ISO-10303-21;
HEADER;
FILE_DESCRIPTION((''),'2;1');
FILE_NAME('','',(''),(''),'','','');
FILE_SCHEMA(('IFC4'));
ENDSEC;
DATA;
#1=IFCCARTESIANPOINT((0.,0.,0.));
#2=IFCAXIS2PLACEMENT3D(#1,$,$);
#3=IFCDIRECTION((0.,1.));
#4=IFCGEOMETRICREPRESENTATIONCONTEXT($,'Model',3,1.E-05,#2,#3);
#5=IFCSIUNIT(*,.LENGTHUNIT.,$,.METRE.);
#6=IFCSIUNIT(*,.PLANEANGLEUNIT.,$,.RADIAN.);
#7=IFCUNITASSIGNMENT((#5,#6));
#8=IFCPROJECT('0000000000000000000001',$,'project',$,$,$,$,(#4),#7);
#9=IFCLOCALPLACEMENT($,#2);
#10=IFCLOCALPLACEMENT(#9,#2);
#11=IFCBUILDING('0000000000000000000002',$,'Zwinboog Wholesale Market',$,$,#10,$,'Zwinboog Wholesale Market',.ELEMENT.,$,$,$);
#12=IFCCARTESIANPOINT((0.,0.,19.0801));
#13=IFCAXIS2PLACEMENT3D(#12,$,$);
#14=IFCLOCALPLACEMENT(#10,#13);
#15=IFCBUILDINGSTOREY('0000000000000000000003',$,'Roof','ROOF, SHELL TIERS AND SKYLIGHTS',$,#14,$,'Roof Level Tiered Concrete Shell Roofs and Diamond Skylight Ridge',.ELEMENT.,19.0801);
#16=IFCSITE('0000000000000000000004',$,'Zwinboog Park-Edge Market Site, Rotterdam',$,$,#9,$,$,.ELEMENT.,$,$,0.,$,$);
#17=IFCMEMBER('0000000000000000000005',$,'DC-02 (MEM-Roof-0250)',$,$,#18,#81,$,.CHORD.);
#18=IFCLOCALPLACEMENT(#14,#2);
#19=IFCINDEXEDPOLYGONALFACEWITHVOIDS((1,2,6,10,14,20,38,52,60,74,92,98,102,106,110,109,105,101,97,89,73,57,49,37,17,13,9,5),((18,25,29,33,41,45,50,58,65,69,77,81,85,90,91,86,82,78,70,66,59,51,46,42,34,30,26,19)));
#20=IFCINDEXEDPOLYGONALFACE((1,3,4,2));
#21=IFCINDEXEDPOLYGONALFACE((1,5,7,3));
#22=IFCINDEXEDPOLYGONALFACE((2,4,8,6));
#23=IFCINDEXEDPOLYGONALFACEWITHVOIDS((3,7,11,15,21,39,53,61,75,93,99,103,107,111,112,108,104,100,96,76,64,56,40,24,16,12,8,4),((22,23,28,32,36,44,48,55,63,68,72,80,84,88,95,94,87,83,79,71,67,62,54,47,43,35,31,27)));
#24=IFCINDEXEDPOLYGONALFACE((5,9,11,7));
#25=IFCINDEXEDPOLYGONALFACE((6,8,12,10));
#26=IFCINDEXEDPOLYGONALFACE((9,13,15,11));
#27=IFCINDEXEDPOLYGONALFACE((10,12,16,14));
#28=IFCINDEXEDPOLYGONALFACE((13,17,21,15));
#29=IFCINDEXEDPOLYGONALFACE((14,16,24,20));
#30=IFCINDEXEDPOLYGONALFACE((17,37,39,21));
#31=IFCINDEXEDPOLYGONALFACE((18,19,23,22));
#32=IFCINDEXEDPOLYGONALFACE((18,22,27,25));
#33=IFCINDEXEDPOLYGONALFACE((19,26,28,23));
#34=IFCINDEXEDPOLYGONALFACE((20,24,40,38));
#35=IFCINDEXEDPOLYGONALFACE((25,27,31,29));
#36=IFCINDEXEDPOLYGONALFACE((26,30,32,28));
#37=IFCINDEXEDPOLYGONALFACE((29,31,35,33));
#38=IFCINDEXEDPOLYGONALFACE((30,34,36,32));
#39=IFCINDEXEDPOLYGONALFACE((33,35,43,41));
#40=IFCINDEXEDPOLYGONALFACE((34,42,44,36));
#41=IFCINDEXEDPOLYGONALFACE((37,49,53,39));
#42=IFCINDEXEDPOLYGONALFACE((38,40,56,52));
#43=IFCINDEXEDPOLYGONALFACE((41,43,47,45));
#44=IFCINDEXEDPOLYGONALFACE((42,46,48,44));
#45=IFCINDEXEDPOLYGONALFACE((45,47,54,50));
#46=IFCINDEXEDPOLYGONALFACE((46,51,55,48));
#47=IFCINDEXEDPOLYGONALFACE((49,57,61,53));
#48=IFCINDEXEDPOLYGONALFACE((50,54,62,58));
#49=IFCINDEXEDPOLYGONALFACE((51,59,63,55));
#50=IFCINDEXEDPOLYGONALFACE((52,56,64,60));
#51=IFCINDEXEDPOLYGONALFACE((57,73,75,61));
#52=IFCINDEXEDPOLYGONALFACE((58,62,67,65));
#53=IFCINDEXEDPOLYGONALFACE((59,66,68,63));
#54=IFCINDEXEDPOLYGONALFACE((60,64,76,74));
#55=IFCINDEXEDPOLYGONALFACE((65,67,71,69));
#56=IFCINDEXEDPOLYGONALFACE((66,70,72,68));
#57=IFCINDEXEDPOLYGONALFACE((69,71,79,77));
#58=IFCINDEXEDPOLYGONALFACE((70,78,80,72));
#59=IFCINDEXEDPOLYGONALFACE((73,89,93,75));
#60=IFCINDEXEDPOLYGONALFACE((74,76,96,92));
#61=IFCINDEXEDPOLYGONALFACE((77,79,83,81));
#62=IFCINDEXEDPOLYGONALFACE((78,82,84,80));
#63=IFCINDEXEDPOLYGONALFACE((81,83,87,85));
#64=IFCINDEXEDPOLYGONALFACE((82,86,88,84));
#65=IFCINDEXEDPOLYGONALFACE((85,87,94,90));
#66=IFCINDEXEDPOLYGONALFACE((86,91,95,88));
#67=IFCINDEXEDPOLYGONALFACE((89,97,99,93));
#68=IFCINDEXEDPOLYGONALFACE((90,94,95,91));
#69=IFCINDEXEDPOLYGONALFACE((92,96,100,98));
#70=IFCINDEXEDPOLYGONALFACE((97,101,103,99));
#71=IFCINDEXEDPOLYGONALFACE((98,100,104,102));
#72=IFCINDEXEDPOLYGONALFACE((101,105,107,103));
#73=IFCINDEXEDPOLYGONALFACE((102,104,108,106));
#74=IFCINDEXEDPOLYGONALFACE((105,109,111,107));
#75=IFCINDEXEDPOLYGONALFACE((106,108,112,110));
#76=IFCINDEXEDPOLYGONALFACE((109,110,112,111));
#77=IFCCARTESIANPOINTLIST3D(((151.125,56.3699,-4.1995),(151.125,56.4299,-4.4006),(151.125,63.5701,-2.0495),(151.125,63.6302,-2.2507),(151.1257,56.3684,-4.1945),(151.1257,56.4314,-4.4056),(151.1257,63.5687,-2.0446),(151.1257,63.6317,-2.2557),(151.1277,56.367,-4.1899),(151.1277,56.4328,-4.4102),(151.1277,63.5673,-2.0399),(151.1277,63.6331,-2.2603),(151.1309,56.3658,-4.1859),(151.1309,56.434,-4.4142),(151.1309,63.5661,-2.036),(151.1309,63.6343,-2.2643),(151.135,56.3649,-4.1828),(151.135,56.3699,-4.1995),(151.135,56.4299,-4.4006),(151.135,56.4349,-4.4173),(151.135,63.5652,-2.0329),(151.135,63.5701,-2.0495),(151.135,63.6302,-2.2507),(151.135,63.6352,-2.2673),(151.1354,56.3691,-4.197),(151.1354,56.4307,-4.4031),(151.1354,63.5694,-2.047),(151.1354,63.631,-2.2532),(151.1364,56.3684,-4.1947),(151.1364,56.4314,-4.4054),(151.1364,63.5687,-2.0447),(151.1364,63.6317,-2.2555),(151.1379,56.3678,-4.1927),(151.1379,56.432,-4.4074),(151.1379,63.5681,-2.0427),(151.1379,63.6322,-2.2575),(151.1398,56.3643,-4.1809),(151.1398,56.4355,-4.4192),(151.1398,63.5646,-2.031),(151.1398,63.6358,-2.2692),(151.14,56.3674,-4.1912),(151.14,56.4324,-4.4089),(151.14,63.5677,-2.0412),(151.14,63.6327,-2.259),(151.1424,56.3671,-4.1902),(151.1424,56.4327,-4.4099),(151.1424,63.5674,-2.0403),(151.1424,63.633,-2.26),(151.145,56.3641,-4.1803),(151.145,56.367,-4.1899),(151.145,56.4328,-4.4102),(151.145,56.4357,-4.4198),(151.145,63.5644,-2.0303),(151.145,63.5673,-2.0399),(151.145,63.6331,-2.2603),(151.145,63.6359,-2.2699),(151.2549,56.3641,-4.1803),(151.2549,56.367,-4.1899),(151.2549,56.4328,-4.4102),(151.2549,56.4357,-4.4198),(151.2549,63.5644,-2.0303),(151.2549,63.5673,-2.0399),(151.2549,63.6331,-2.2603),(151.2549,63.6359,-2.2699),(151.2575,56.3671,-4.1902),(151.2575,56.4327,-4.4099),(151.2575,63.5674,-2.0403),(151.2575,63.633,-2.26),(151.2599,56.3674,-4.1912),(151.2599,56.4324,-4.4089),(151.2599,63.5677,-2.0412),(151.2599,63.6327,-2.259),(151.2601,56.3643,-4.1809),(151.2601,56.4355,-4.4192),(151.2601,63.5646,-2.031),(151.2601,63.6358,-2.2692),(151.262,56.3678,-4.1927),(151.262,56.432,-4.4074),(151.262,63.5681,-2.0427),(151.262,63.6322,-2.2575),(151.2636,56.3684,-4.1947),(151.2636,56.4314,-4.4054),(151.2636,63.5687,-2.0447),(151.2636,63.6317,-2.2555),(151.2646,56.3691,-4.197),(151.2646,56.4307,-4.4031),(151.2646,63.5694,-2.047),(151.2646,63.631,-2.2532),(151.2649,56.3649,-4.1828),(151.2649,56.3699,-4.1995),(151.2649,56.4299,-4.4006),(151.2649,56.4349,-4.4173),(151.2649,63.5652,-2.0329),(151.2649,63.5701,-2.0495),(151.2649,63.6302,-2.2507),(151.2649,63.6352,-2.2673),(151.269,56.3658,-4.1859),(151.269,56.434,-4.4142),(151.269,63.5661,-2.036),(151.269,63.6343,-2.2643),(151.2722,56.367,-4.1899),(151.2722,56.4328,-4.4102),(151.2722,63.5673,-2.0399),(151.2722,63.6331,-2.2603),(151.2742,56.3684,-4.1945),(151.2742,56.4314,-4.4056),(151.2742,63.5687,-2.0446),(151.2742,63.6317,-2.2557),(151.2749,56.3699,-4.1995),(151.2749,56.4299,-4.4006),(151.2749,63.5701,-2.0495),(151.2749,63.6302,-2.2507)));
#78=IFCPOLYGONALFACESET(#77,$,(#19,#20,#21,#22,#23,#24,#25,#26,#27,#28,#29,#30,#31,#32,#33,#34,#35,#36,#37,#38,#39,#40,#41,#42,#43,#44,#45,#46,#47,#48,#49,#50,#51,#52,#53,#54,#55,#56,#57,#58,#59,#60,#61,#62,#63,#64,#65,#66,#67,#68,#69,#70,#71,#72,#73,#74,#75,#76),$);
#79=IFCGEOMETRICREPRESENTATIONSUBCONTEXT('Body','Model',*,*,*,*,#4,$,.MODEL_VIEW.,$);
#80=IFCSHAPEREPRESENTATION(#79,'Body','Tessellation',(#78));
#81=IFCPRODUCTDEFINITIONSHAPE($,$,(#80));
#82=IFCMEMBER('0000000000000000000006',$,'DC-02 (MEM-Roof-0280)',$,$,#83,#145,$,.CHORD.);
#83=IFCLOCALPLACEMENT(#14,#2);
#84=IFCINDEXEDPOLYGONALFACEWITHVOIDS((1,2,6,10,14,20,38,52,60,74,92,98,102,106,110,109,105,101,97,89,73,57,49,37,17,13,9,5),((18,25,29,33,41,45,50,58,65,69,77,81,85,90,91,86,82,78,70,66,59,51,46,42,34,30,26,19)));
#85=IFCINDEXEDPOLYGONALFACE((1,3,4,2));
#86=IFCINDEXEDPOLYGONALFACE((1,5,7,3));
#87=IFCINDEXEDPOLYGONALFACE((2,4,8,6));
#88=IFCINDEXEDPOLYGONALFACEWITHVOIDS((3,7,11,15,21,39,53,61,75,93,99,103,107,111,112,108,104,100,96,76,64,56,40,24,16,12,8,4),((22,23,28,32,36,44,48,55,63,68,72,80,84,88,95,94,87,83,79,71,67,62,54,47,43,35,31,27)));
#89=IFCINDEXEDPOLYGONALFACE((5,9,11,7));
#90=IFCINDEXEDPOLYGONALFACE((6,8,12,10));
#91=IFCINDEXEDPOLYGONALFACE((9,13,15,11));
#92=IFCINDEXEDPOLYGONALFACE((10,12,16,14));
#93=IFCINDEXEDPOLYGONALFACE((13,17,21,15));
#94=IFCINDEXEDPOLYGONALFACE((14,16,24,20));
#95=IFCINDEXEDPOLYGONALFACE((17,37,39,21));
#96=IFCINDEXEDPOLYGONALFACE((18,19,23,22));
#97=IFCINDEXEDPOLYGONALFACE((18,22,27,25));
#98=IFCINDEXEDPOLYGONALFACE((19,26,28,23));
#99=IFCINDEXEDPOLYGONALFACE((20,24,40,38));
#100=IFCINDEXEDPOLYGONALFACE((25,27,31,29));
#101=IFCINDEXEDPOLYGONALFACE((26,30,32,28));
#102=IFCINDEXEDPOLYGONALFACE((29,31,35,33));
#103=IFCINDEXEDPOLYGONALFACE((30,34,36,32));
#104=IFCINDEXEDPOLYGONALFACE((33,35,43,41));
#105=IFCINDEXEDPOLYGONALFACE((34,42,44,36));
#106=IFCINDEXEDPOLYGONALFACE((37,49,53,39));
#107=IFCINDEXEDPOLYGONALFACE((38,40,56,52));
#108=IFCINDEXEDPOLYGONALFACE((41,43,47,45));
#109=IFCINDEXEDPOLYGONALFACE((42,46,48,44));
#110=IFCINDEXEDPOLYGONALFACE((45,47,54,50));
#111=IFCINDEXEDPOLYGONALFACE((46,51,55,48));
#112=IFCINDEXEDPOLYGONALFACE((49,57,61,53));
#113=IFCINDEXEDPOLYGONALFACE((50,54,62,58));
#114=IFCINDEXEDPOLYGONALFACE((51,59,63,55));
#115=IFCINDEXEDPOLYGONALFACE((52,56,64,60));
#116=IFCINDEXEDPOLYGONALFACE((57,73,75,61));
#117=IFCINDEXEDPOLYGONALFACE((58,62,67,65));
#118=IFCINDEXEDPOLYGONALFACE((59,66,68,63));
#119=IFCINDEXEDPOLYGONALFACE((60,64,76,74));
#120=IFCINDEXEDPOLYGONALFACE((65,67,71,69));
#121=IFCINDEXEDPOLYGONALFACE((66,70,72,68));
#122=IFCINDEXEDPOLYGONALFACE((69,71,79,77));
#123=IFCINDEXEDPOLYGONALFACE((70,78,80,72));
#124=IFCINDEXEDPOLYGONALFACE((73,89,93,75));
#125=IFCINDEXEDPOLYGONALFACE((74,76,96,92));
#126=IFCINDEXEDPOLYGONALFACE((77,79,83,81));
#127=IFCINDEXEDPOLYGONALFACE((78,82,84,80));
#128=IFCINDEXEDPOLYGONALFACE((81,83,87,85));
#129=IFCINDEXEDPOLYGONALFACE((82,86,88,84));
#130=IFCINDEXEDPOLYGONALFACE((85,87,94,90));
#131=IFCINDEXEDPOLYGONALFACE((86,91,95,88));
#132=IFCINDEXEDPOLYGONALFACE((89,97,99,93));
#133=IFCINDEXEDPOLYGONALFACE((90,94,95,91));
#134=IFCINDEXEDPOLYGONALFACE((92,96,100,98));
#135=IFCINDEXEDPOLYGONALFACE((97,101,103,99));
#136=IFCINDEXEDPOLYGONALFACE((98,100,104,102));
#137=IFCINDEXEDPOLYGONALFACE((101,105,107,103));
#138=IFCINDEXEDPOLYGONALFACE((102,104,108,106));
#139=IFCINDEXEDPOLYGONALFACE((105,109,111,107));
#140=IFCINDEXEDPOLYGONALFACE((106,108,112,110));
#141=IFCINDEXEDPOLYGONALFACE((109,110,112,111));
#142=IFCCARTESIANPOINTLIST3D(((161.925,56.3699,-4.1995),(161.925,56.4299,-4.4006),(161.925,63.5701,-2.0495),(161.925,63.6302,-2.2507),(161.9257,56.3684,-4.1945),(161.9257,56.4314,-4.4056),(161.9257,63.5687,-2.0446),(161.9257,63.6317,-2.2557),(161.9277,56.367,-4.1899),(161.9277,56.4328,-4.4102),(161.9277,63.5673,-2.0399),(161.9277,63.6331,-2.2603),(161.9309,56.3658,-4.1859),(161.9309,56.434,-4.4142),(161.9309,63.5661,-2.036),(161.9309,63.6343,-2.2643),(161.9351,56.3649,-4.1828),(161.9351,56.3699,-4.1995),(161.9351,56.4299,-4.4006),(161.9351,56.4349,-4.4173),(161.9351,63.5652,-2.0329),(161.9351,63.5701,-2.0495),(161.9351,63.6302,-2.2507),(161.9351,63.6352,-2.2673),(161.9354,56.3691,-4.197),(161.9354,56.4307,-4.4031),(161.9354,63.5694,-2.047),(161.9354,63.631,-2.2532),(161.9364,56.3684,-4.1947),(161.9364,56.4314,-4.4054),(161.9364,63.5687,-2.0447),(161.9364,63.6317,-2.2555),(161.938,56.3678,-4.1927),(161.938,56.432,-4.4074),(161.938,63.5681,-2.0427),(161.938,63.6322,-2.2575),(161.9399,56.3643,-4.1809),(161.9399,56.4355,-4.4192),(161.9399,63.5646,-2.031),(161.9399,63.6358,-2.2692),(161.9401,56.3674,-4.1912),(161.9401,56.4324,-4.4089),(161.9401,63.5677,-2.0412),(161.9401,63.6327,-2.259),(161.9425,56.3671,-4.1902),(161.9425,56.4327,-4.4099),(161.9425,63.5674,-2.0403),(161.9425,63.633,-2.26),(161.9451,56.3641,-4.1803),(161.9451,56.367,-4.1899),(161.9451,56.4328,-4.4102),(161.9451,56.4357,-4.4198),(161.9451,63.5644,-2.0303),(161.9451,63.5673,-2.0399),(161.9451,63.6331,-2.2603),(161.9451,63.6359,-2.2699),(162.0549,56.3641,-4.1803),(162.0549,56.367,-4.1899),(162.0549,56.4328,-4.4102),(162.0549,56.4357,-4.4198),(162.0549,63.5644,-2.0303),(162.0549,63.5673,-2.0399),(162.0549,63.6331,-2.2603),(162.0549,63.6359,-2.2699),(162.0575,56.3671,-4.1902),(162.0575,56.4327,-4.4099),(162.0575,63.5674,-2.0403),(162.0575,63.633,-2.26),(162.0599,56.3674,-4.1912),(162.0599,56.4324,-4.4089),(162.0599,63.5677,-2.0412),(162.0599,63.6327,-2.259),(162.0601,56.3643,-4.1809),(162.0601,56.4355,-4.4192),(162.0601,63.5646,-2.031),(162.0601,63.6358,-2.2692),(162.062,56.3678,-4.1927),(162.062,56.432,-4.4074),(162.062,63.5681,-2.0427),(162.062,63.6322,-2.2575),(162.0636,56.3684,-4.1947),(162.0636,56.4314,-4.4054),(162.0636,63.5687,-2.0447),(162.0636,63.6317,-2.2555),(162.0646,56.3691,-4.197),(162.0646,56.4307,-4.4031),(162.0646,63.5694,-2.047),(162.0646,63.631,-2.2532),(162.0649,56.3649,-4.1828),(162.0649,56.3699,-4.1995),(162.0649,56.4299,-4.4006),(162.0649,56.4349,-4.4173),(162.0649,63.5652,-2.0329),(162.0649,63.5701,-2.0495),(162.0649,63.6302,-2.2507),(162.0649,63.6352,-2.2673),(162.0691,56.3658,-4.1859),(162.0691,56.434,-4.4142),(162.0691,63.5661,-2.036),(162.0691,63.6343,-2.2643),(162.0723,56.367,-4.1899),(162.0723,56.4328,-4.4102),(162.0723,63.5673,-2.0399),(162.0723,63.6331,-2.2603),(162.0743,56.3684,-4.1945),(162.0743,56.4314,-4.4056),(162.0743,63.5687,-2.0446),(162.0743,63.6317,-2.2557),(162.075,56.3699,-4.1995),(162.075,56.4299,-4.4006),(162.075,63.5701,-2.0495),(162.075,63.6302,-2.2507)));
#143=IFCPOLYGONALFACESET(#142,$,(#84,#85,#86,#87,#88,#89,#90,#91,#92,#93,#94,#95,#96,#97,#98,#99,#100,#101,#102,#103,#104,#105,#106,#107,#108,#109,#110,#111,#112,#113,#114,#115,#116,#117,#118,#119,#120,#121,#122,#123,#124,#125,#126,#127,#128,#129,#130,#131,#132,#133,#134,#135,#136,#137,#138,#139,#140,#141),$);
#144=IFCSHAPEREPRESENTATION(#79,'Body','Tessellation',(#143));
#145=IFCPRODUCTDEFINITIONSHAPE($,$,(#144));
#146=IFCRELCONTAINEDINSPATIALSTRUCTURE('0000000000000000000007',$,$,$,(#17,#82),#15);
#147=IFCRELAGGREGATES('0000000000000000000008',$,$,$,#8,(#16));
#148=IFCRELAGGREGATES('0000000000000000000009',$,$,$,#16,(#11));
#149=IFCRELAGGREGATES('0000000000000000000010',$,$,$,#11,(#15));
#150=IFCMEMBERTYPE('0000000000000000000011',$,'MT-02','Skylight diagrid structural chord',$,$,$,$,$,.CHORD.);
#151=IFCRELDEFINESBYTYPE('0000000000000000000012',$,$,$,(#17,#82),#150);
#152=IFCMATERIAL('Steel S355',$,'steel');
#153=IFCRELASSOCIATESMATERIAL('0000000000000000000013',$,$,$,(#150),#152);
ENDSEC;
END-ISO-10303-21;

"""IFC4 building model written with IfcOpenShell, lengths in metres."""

from ifc_helpers import new_model, si_unit, direction, frame, origin, origin_2d, place, context, subcontext, project, spatial, hollow_rectangle, extrude, material, material_profile, profile_set, type_object, element, save


model = new_model("IFC4")

# Units and contexts
model_context = context("Model", 3, precision=1e-05, world=origin(), true_north=direction((0.0, 1.0)))
body_context = subcontext(model_context, "Body", "Model", "MODEL_VIEW")
ifc_project = project(units=[si_unit("LENGTHUNIT", "METRE"), si_unit("PLANEANGLEUNIT", "RADIAN")], contexts=[model_context])

# Site, building, storey
site_placement = place(None, origin())
site = spatial("IfcSite", under=ifc_project, at=site_placement, Name="Zwinboog Park-Edge Market Site, Rotterdam", CompositionType="ELEMENT", RefElevation=0.0)
building_placement = place(site_placement, origin())
building = spatial("IfcBuilding", under=site, at=building_placement, Name="Zwinboog Wholesale Market", LongName="Zwinboog Wholesale Market", CompositionType="ELEMENT")
storey_placement = place(building_placement, frame((0.0, 0.0, 19.0801)))
storey = spatial("IfcBuildingStorey", under=building, at=storey_placement, Name="Roof", Description="ROOF, SHELL TIERS AND SKYLIGHTS", LongName="Roof Level Tiered Concrete Shell Roofs and Diamond Skylight Ridge", CompositionType="ELEMENT", Elevation=19.0801)

# Members
ifc_material_1 = material(Name="Steel S355", Category="steel")
ifc_material_profile_1 = material_profile(ifc_material_1, hollow_rectangle(XDim=0.1499, YDim=0.25, WallThickness=0.01, InnerFilletRadius=0.01, OuterFilletRadius=0.02, at=origin_2d()), Name="RHS 250x150x10")
ifc_profile_set_1 = profile_set([ifc_material_profile_1], Name="Steel S355")
member_type_1 = type_object("IfcMemberType", Name="MT-02", Description="Skylight diagrid structural chord", PredefinedType="CHORD", material=ifc_profile_set_1)
for number, where, z_axis, x_axis, name in (
    (1, (151.2, 56.3999, -4.3), (0.0, 0.958197, 0.286108), (-1.0, 0.0, 0.0), "DC-02 (MEM-Roof-0250)"),
    (2, (162.0, 56.3999, -4.3), (0.0, 0.958197, 0.286108), (-1.0, 0.0, 0.0), "DC-02 (MEM-Roof-0280)"),
):
    element("IfcMember", number, at=place(storey_placement, frame(where, z_axis=z_axis, x_axis=x_axis)), inside=storey, type_object=member_type_1, Name=name, PredefinedType="CHORD", context=body_context, shape_type="SweptSolid", body=[
        extrude(hollow_rectangle(XDim=0.1499, YDim=0.25, WallThickness=0.01, InnerFilletRadius=0.01, OuterFilletRadius=0.02, at=origin_2d()), origin(), (0.0, 0.0, 1.0), 7.5144),
    ])

save(model, "model.ifc")
